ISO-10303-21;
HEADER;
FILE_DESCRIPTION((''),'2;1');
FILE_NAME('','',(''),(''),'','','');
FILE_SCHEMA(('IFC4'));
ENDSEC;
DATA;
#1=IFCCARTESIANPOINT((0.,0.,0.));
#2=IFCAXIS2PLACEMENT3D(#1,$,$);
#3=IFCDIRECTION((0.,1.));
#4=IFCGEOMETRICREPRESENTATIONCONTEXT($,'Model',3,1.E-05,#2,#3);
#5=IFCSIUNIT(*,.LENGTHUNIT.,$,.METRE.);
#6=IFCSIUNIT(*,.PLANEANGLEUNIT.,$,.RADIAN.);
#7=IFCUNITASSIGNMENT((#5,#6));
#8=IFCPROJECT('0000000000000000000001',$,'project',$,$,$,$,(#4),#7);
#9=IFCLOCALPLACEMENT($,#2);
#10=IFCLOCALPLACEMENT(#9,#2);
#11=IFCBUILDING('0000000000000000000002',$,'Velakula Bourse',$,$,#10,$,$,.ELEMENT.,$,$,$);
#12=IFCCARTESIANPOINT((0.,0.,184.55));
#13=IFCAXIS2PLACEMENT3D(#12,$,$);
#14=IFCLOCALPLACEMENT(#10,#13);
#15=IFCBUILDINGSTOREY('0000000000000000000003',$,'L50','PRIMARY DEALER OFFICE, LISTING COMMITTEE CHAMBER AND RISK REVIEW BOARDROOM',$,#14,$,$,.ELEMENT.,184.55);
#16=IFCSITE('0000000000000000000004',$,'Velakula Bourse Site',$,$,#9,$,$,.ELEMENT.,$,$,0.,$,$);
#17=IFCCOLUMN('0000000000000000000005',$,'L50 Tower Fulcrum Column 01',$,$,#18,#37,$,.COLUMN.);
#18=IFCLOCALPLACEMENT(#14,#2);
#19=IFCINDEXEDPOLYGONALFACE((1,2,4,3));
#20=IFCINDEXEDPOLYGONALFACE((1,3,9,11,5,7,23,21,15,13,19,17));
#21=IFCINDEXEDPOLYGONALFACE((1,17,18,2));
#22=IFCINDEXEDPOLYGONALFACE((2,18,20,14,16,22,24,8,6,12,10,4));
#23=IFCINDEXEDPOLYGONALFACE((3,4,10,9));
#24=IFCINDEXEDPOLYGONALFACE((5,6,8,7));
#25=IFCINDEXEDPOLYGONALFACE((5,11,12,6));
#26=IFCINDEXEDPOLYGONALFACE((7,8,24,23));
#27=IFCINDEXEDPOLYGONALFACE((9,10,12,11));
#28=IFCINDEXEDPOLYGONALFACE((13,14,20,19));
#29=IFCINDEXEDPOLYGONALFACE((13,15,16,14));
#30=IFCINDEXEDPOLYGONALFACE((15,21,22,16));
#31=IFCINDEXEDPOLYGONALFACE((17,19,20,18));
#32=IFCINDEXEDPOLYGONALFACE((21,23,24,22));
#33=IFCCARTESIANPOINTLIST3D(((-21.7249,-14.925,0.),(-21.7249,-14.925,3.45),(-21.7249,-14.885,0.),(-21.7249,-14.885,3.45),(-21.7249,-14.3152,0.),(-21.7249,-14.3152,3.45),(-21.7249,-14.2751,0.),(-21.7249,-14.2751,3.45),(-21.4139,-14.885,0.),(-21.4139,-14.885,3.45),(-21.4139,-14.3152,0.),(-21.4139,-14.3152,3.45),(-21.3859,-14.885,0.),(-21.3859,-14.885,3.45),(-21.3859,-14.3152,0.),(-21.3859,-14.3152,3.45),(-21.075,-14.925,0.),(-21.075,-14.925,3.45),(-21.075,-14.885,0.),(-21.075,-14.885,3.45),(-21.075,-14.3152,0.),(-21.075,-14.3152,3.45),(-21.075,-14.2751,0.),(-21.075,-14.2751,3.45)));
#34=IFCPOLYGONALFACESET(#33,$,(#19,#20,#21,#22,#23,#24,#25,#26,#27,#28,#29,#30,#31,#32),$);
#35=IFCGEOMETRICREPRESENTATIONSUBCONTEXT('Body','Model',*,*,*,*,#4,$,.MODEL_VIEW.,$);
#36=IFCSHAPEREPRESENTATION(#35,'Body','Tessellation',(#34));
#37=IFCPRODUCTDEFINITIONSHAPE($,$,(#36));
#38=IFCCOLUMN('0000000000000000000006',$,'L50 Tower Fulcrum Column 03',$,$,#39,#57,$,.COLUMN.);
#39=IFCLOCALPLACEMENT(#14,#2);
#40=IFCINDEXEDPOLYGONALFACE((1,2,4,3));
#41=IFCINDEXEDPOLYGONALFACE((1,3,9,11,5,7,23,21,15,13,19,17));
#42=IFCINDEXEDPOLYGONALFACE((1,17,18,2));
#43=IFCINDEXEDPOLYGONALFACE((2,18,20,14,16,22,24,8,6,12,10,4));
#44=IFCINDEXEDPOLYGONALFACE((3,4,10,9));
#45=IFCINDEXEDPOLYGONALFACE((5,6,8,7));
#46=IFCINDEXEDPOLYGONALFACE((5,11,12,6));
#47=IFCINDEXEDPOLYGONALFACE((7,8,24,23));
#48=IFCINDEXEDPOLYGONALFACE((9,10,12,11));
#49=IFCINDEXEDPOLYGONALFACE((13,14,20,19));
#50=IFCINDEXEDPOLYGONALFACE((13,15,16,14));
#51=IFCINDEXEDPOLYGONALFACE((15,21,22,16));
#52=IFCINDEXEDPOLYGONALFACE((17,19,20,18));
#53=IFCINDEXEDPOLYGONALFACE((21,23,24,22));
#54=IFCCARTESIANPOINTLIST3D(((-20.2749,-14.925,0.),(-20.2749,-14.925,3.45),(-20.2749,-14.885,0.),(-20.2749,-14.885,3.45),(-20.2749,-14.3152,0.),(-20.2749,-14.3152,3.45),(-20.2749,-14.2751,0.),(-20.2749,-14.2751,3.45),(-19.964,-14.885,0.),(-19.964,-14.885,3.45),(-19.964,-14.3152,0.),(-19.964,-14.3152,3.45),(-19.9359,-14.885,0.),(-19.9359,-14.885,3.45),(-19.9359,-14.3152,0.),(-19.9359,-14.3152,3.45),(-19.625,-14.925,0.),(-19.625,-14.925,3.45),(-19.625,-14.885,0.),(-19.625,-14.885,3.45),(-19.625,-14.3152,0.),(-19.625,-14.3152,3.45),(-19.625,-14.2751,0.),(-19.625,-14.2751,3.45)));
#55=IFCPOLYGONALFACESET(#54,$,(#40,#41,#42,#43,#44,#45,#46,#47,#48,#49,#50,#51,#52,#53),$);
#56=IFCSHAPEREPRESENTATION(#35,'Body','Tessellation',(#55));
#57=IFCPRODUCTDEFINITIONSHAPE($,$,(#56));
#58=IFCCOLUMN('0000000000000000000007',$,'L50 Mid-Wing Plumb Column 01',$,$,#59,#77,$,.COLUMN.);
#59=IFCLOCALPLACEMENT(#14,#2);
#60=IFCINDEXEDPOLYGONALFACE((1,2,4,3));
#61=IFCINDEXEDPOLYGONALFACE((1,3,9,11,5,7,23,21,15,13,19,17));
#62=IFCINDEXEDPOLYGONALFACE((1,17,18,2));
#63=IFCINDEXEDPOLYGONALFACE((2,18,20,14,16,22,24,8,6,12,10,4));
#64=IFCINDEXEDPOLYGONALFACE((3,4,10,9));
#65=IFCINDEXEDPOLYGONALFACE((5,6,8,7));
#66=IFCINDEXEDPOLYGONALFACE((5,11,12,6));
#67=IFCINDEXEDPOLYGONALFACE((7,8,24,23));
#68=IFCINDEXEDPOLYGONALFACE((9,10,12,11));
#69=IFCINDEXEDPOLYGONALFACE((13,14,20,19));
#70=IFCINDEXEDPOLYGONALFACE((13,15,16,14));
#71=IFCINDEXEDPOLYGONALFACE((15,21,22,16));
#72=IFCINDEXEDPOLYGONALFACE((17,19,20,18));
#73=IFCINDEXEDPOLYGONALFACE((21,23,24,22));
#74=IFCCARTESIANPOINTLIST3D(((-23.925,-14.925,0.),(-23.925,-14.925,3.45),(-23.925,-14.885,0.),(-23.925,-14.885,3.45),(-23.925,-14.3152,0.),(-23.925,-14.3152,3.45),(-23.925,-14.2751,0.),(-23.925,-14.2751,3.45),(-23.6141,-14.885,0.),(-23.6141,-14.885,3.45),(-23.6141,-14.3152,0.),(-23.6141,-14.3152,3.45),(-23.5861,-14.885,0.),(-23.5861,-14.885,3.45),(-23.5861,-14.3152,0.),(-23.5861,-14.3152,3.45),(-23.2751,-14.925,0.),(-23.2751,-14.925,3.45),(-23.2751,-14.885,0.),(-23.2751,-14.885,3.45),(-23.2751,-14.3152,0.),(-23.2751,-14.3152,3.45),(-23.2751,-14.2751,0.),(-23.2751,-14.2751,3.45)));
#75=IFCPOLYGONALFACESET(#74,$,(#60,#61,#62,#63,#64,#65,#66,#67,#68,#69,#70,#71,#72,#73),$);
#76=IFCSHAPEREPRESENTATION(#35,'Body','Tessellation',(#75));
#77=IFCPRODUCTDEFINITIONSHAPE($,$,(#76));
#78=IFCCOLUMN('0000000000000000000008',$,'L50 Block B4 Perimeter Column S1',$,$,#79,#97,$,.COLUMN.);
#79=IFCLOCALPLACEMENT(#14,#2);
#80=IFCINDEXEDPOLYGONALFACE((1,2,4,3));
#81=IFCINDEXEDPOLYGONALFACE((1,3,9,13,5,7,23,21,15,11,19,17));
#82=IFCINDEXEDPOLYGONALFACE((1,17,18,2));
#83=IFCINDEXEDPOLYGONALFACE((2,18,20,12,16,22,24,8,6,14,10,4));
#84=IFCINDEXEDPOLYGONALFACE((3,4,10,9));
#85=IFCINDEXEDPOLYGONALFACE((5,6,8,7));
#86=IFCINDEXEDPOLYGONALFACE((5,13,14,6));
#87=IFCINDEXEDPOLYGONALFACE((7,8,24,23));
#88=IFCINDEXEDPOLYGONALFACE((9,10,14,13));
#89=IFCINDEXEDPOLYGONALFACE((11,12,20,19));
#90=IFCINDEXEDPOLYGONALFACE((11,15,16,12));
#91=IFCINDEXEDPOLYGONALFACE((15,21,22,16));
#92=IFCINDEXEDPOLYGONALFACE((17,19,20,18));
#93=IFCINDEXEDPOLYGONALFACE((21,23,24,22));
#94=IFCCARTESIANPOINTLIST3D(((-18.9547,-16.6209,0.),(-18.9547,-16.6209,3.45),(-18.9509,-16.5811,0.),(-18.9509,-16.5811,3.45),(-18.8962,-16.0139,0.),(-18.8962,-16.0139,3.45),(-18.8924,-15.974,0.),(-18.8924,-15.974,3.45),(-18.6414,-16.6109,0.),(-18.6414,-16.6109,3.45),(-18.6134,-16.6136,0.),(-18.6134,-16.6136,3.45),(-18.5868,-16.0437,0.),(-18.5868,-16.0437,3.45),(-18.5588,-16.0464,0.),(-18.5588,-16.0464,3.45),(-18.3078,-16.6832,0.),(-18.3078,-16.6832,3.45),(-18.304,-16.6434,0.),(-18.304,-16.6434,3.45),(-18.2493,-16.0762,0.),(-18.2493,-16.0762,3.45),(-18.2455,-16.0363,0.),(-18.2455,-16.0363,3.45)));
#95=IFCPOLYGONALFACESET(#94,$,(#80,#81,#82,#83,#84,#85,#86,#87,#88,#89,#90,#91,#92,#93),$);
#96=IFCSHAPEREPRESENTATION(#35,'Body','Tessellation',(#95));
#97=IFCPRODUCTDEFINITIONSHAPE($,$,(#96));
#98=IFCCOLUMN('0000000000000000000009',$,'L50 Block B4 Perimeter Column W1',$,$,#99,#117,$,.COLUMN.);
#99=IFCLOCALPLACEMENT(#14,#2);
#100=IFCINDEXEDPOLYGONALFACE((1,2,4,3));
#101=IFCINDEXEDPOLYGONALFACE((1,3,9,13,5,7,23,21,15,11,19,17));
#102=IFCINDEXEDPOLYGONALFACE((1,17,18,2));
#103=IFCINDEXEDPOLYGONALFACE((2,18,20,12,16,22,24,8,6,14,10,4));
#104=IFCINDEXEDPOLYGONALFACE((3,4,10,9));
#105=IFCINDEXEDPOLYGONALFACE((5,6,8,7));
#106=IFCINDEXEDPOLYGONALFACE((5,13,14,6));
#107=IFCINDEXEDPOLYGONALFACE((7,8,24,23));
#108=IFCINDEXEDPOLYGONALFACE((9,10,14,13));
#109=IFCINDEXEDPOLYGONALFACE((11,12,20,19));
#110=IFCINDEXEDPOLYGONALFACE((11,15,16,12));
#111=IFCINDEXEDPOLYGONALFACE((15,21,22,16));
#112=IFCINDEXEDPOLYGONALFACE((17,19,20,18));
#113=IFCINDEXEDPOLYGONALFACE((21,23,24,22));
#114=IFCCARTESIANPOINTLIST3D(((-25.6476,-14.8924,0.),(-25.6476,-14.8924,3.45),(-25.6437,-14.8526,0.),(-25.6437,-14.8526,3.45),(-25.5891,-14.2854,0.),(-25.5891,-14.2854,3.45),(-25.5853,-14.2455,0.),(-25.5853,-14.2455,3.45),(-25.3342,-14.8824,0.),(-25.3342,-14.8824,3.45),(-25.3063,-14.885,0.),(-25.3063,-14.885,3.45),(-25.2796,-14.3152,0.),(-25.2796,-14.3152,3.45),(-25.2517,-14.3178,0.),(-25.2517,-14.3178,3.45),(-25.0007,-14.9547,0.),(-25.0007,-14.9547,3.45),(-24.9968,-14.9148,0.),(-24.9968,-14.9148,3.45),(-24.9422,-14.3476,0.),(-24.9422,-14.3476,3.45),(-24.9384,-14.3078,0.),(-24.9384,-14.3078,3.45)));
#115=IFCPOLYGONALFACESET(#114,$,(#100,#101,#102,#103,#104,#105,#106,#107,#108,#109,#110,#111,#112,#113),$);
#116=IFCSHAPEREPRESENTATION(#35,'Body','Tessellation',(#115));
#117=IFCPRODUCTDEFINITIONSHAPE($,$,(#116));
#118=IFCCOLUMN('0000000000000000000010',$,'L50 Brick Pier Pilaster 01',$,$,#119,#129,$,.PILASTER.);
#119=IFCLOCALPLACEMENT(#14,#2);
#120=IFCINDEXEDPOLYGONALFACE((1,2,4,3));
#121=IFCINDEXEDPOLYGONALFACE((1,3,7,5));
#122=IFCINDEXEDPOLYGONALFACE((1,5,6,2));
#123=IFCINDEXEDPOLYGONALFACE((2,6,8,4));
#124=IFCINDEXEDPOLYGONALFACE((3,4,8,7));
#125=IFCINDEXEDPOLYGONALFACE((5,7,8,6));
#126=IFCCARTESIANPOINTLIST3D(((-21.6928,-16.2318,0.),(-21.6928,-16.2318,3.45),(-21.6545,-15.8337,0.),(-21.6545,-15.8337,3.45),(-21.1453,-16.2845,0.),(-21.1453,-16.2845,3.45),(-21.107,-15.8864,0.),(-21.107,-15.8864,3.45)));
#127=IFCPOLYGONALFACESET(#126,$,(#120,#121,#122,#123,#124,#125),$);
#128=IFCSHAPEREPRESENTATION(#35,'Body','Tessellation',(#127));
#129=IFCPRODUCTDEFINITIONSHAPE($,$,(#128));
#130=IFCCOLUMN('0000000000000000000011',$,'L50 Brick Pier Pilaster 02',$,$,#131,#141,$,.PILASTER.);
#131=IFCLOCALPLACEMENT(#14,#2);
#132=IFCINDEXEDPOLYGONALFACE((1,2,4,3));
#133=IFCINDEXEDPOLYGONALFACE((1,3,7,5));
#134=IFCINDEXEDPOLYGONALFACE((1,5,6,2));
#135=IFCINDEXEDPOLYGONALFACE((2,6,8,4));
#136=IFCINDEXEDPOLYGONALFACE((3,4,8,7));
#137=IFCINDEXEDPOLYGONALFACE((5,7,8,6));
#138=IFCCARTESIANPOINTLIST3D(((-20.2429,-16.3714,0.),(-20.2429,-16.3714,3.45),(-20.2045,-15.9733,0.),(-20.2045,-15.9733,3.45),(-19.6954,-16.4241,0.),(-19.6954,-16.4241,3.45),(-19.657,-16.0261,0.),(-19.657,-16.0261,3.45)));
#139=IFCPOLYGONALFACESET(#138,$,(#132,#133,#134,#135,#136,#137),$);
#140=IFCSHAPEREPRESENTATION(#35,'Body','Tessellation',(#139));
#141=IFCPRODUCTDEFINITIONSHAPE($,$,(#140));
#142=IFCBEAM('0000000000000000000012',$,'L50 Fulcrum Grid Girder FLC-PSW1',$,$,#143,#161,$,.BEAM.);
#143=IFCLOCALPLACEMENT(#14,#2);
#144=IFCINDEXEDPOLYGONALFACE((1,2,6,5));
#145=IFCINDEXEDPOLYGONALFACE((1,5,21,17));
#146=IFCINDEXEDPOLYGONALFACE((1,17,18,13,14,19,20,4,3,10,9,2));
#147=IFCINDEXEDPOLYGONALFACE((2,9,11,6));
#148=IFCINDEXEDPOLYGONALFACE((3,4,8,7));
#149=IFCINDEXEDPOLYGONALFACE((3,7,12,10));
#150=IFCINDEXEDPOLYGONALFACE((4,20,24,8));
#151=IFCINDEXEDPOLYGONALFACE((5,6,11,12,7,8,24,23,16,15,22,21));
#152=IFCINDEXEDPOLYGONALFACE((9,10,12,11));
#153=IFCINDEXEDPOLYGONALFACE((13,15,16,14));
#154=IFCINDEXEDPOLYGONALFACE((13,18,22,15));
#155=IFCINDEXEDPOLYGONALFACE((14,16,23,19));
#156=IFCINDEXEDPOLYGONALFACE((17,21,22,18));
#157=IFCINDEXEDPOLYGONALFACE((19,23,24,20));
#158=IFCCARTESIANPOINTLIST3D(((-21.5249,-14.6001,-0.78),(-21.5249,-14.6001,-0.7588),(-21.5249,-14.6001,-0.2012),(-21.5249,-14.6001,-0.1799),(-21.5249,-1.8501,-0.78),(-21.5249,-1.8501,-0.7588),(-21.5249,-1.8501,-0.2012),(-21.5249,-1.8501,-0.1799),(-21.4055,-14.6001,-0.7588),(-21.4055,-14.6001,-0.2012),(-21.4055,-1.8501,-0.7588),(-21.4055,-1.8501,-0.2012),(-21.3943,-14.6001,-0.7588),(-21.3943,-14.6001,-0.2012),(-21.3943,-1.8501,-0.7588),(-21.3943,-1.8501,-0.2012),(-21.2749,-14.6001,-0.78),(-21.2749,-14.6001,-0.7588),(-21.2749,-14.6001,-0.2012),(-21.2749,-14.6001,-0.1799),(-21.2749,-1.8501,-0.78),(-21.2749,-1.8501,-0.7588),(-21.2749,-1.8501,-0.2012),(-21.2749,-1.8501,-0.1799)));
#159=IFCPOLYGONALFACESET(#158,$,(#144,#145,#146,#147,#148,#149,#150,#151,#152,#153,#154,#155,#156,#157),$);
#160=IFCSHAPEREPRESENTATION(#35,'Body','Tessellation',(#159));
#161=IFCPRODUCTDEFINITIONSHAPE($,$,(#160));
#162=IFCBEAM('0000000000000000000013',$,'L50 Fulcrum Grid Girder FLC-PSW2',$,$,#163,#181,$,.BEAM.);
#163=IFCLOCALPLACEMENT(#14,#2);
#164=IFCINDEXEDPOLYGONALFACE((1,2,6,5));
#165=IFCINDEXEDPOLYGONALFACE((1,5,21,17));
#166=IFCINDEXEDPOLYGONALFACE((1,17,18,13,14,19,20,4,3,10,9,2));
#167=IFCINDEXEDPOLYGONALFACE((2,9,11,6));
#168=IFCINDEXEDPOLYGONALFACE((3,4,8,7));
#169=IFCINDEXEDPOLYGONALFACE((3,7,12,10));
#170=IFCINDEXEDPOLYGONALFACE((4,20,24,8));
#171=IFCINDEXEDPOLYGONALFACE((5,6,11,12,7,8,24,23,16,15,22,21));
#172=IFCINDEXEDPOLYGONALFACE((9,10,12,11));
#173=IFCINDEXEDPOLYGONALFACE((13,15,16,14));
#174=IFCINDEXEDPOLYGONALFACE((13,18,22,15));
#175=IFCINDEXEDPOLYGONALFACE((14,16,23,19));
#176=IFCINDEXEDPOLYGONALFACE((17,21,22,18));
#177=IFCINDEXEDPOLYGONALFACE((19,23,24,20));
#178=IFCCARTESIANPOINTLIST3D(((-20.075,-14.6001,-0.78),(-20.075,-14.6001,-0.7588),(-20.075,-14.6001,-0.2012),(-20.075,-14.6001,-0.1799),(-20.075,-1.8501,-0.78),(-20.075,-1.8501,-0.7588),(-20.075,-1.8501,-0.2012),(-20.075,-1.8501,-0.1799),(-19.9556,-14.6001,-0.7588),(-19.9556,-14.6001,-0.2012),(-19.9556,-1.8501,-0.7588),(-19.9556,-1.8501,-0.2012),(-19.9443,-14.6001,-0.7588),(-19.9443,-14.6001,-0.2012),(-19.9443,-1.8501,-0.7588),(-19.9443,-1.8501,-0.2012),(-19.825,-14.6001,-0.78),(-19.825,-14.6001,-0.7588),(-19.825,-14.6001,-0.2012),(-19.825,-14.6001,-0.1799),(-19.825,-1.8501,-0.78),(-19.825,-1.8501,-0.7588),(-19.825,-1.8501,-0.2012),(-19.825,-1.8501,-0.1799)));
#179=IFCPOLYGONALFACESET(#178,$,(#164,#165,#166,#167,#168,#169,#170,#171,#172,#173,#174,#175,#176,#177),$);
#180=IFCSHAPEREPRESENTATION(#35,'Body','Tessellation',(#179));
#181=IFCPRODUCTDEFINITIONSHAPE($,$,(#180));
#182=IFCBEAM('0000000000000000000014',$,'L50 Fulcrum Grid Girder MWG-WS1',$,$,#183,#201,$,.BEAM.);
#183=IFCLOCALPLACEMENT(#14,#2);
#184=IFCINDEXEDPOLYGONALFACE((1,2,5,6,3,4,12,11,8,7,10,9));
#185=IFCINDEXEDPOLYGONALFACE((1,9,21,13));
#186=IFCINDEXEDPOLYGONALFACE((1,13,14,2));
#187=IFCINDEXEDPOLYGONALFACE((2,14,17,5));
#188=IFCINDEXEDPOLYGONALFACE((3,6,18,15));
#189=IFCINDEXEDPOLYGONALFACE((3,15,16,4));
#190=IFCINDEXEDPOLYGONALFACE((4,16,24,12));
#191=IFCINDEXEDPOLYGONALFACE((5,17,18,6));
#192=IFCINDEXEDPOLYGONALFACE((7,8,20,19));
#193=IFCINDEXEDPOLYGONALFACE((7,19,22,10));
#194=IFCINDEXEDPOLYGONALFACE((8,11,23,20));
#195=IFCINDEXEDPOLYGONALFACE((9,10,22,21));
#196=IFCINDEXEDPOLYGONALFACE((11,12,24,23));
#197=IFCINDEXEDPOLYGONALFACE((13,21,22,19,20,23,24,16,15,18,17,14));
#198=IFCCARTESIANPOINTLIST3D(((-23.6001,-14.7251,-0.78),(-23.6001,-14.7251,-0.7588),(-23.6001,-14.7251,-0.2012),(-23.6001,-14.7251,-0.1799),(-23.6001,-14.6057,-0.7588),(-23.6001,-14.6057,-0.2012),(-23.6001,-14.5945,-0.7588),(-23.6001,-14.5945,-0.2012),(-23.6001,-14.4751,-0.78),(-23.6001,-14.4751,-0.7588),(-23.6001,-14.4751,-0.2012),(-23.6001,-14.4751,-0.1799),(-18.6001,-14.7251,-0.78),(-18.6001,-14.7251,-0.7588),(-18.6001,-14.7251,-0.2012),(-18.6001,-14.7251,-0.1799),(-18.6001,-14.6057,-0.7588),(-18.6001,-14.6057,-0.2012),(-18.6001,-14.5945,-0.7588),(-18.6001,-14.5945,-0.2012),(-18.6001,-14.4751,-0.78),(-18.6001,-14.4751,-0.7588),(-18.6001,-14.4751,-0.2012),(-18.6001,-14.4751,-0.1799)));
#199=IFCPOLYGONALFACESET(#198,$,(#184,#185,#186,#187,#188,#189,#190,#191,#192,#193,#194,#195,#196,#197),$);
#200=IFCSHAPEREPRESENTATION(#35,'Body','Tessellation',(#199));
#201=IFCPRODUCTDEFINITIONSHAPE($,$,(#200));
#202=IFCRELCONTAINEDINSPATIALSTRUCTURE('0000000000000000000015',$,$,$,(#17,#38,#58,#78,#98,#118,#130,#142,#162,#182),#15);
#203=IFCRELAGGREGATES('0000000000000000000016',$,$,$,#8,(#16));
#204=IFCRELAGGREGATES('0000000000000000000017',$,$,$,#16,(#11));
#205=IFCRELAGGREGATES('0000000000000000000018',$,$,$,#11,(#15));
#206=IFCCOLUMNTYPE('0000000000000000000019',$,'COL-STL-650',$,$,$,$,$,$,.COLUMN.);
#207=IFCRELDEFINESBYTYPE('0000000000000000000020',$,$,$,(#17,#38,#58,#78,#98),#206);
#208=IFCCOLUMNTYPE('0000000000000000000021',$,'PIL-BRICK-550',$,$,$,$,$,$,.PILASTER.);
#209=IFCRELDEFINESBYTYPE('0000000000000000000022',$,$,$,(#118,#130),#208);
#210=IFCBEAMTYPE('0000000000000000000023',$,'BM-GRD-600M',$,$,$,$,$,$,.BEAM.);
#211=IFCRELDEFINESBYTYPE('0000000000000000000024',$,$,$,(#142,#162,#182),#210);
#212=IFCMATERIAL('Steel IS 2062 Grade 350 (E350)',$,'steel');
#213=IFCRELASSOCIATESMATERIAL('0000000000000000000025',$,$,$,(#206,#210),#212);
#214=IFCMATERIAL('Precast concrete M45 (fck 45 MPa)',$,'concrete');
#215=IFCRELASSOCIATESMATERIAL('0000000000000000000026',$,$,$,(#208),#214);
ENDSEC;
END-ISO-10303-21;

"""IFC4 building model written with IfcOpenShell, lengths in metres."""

from ifc_helpers import new_model, si_unit, direction, frame, origin, origin_2d, place, context, subcontext, project, spatial, rectangle, i_section, extrude, material, material_profile, profile_set, type_object, element, save


model = new_model("IFC4")

# Units and contexts
model_context = context("Model", 3, precision=1e-05, world=origin(), true_north=direction((0.0, 1.0)))
body_context = subcontext(model_context, "Body", "Model", "MODEL_VIEW")
ifc_project = project(units=[si_unit("LENGTHUNIT", "METRE"), si_unit("PLANEANGLEUNIT", "RADIAN")], contexts=[model_context])

# Site, building, storey
site_placement = place(None, origin())
site = spatial("IfcSite", under=ifc_project, at=site_placement, Name="Velakula Bourse Site", CompositionType="ELEMENT", RefElevation=0.0)
building_placement = place(site_placement, origin())
building = spatial("IfcBuilding", under=site, at=building_placement, Name="Velakula Bourse", CompositionType="ELEMENT")
storey_placement = place(building_placement, frame((0.0, 0.0, 184.55)))
storey = spatial("IfcBuildingStorey", under=building, at=storey_placement, Name="L50", Description="PRIMARY DEALER OFFICE, LISTING COMMITTEE CHAMBER AND RISK REVIEW BOARDROOM", CompositionType="ELEMENT", Elevation=184.55)

# Columns
ifc_material_1 = material(Name="Steel IS 2062 Grade 350 (E350)", Category="steel")
ifc_material_profile_1 = material_profile(ifc_material_1, i_section(OverallWidth=0.6499, OverallDepth=0.6499, WebThickness=0.0281, FlangeThickness=0.04, at=origin_2d()), Name="Steel IS 2062 Grade 350 (E350)")
ifc_profile_set_1 = profile_set([ifc_material_profile_1], Name="Steel IS 2062 Grade 350 (E350)")
column_type_1 = type_object("IfcColumnType", Name="COL-STL-650", PredefinedType="COLUMN", material=ifc_profile_set_1)
for number, where, z_axis, x_axis, name in (
    (1, (-21.3999, -14.6001, 0.0), (0.0, 0.0, 1.0), (1.0, 0.0, 0.0), "L50 Tower Fulcrum Column 01"),
    (2, (-19.95, -14.6001, 0.0), (0.0, 0.0, 1.0), (1.0, 0.0, 0.0), "L50 Tower Fulcrum Column 03"),
    (3, (-23.6001, -14.6001, 0.0), (0.0, 0.0, 1.0), (1.0, 0.0, 0.0), "L50 Mid-Wing Plumb Column 01"),
    (4, (-18.6001, -16.3286, 0.0), (0.0, 0.0, 1.0), (0.995396, -0.095846, 0.0), "L50 Block B4 Perimeter Column S1"),
    (5, (-25.293, -14.6001, 0.0), (0.0, 0.0, 1.0), (0.995396, -0.095846, 0.0), "L50 Block B4 Perimeter Column W1"),
):
    element("IfcColumn", number, at=place(storey_placement, frame(where, z_axis=z_axis, x_axis=x_axis)), inside=storey, type_object=column_type_1, Name=name, PredefinedType="COLUMN", context=body_context, shape_type="SweptSolid", body=[
        extrude(i_section(OverallWidth=0.6499, OverallDepth=0.6499, WebThickness=0.0281, FlangeThickness=0.04, at=origin_2d()), origin(), (0.0, 0.0, 1.0), 3.45),
    ])
ifc_material_2 = material(Name="Precast concrete M45 (fck 45 MPa)", Category="concrete")
ifc_material_profile_2 = material_profile(ifc_material_2, rectangle(XDim=0.55, YDim=0.3999, at=origin_2d()), Name="Precast concrete M45 (fck 45 MPa)")
ifc_profile_set_2 = profile_set([ifc_material_profile_2], Name="Precast concrete M45 (fck 45 MPa)")
column_type_2 = type_object("IfcColumnType", Name="PIL-BRICK-550", PredefinedType="PILASTER", material=ifc_profile_set_2)
for number, where, z_axis, x_axis, name in (
    (6, (-21.3999, -16.0591, 0.0), (0.0, 0.0, 1.0), (0.995396, -0.095846, 0.0), "L50 Brick Pier Pilaster 01"),
    (7, (-19.95, -16.1987, 0.0), (0.0, 0.0, 1.0), (0.995396, -0.095846, 0.0), "L50 Brick Pier Pilaster 02"),
):
    element("IfcColumn", number, at=place(storey_placement, frame(where, z_axis=z_axis, x_axis=x_axis)), inside=storey, type_object=column_type_2, Name=name, PredefinedType="PILASTER", context=body_context, shape_type="SweptSolid", body=[
        extrude(rectangle(XDim=0.55, YDim=0.3999, at=origin_2d()), origin(), (0.0, 0.0, 1.0), 3.45),
    ])

# Beams
ifc_material_profile_3 = material_profile(ifc_material_1, i_section(OverallWidth=0.25, OverallDepth=0.6001, WebThickness=0.0112, FlangeThickness=0.0212, at=origin_2d()), Name="Steel IS 2062 Grade 350 (E350)")
ifc_profile_set_3 = profile_set([ifc_material_profile_3], Name="Steel IS 2062 Grade 350 (E350)")
beam_type_1 = type_object("IfcBeamType", Name="BM-GRD-600M", PredefinedType="BEAM", material=ifc_profile_set_3)
for number, where, z_axis, x_axis, name in (
    (8, (-21.3999, -14.6001, -0.48), (0.0, 1.0, 0.0), (-1.0, 0.0, 0.0), "L50 Fulcrum Grid Girder FLC-PSW1"),
    (9, (-19.95, -14.6001, -0.48), (0.0, 1.0, 0.0), (-1.0, 0.0, 0.0), "L50 Fulcrum Grid Girder FLC-PSW2"),
):
    element("IfcBeam", number, at=place(storey_placement, frame(where, z_axis=z_axis, x_axis=x_axis)), inside=storey, type_object=beam_type_1, Name=name, PredefinedType="BEAM", context=body_context, shape_type="SweptSolid", body=[
        extrude(i_section(OverallWidth=0.25, OverallDepth=0.6001, WebThickness=0.0112, FlangeThickness=0.0212, at=origin_2d()), origin(), (0.0, 0.0, 1.0), 12.75),
    ])
beam_1_placement = place(storey_placement, frame((-23.6001, -14.6001, -0.48), z_axis=(1.0, 0.0, 0.0), x_axis=(0.0, 1.0, 0.0)))
element("IfcBeam", 10, at=beam_1_placement, inside=storey, type_object=beam_type_1, Name="L50 Fulcrum Grid Girder MWG-WS1", PredefinedType="BEAM", context=body_context, shape_type="SweptSolid", body=[
    extrude(i_section(OverallWidth=0.25, OverallDepth=0.6001, WebThickness=0.0112, FlangeThickness=0.0212, at=origin_2d()), origin(), (0.0, 0.0, 1.0), 5.0),
])

save(model, "model.ifc")
